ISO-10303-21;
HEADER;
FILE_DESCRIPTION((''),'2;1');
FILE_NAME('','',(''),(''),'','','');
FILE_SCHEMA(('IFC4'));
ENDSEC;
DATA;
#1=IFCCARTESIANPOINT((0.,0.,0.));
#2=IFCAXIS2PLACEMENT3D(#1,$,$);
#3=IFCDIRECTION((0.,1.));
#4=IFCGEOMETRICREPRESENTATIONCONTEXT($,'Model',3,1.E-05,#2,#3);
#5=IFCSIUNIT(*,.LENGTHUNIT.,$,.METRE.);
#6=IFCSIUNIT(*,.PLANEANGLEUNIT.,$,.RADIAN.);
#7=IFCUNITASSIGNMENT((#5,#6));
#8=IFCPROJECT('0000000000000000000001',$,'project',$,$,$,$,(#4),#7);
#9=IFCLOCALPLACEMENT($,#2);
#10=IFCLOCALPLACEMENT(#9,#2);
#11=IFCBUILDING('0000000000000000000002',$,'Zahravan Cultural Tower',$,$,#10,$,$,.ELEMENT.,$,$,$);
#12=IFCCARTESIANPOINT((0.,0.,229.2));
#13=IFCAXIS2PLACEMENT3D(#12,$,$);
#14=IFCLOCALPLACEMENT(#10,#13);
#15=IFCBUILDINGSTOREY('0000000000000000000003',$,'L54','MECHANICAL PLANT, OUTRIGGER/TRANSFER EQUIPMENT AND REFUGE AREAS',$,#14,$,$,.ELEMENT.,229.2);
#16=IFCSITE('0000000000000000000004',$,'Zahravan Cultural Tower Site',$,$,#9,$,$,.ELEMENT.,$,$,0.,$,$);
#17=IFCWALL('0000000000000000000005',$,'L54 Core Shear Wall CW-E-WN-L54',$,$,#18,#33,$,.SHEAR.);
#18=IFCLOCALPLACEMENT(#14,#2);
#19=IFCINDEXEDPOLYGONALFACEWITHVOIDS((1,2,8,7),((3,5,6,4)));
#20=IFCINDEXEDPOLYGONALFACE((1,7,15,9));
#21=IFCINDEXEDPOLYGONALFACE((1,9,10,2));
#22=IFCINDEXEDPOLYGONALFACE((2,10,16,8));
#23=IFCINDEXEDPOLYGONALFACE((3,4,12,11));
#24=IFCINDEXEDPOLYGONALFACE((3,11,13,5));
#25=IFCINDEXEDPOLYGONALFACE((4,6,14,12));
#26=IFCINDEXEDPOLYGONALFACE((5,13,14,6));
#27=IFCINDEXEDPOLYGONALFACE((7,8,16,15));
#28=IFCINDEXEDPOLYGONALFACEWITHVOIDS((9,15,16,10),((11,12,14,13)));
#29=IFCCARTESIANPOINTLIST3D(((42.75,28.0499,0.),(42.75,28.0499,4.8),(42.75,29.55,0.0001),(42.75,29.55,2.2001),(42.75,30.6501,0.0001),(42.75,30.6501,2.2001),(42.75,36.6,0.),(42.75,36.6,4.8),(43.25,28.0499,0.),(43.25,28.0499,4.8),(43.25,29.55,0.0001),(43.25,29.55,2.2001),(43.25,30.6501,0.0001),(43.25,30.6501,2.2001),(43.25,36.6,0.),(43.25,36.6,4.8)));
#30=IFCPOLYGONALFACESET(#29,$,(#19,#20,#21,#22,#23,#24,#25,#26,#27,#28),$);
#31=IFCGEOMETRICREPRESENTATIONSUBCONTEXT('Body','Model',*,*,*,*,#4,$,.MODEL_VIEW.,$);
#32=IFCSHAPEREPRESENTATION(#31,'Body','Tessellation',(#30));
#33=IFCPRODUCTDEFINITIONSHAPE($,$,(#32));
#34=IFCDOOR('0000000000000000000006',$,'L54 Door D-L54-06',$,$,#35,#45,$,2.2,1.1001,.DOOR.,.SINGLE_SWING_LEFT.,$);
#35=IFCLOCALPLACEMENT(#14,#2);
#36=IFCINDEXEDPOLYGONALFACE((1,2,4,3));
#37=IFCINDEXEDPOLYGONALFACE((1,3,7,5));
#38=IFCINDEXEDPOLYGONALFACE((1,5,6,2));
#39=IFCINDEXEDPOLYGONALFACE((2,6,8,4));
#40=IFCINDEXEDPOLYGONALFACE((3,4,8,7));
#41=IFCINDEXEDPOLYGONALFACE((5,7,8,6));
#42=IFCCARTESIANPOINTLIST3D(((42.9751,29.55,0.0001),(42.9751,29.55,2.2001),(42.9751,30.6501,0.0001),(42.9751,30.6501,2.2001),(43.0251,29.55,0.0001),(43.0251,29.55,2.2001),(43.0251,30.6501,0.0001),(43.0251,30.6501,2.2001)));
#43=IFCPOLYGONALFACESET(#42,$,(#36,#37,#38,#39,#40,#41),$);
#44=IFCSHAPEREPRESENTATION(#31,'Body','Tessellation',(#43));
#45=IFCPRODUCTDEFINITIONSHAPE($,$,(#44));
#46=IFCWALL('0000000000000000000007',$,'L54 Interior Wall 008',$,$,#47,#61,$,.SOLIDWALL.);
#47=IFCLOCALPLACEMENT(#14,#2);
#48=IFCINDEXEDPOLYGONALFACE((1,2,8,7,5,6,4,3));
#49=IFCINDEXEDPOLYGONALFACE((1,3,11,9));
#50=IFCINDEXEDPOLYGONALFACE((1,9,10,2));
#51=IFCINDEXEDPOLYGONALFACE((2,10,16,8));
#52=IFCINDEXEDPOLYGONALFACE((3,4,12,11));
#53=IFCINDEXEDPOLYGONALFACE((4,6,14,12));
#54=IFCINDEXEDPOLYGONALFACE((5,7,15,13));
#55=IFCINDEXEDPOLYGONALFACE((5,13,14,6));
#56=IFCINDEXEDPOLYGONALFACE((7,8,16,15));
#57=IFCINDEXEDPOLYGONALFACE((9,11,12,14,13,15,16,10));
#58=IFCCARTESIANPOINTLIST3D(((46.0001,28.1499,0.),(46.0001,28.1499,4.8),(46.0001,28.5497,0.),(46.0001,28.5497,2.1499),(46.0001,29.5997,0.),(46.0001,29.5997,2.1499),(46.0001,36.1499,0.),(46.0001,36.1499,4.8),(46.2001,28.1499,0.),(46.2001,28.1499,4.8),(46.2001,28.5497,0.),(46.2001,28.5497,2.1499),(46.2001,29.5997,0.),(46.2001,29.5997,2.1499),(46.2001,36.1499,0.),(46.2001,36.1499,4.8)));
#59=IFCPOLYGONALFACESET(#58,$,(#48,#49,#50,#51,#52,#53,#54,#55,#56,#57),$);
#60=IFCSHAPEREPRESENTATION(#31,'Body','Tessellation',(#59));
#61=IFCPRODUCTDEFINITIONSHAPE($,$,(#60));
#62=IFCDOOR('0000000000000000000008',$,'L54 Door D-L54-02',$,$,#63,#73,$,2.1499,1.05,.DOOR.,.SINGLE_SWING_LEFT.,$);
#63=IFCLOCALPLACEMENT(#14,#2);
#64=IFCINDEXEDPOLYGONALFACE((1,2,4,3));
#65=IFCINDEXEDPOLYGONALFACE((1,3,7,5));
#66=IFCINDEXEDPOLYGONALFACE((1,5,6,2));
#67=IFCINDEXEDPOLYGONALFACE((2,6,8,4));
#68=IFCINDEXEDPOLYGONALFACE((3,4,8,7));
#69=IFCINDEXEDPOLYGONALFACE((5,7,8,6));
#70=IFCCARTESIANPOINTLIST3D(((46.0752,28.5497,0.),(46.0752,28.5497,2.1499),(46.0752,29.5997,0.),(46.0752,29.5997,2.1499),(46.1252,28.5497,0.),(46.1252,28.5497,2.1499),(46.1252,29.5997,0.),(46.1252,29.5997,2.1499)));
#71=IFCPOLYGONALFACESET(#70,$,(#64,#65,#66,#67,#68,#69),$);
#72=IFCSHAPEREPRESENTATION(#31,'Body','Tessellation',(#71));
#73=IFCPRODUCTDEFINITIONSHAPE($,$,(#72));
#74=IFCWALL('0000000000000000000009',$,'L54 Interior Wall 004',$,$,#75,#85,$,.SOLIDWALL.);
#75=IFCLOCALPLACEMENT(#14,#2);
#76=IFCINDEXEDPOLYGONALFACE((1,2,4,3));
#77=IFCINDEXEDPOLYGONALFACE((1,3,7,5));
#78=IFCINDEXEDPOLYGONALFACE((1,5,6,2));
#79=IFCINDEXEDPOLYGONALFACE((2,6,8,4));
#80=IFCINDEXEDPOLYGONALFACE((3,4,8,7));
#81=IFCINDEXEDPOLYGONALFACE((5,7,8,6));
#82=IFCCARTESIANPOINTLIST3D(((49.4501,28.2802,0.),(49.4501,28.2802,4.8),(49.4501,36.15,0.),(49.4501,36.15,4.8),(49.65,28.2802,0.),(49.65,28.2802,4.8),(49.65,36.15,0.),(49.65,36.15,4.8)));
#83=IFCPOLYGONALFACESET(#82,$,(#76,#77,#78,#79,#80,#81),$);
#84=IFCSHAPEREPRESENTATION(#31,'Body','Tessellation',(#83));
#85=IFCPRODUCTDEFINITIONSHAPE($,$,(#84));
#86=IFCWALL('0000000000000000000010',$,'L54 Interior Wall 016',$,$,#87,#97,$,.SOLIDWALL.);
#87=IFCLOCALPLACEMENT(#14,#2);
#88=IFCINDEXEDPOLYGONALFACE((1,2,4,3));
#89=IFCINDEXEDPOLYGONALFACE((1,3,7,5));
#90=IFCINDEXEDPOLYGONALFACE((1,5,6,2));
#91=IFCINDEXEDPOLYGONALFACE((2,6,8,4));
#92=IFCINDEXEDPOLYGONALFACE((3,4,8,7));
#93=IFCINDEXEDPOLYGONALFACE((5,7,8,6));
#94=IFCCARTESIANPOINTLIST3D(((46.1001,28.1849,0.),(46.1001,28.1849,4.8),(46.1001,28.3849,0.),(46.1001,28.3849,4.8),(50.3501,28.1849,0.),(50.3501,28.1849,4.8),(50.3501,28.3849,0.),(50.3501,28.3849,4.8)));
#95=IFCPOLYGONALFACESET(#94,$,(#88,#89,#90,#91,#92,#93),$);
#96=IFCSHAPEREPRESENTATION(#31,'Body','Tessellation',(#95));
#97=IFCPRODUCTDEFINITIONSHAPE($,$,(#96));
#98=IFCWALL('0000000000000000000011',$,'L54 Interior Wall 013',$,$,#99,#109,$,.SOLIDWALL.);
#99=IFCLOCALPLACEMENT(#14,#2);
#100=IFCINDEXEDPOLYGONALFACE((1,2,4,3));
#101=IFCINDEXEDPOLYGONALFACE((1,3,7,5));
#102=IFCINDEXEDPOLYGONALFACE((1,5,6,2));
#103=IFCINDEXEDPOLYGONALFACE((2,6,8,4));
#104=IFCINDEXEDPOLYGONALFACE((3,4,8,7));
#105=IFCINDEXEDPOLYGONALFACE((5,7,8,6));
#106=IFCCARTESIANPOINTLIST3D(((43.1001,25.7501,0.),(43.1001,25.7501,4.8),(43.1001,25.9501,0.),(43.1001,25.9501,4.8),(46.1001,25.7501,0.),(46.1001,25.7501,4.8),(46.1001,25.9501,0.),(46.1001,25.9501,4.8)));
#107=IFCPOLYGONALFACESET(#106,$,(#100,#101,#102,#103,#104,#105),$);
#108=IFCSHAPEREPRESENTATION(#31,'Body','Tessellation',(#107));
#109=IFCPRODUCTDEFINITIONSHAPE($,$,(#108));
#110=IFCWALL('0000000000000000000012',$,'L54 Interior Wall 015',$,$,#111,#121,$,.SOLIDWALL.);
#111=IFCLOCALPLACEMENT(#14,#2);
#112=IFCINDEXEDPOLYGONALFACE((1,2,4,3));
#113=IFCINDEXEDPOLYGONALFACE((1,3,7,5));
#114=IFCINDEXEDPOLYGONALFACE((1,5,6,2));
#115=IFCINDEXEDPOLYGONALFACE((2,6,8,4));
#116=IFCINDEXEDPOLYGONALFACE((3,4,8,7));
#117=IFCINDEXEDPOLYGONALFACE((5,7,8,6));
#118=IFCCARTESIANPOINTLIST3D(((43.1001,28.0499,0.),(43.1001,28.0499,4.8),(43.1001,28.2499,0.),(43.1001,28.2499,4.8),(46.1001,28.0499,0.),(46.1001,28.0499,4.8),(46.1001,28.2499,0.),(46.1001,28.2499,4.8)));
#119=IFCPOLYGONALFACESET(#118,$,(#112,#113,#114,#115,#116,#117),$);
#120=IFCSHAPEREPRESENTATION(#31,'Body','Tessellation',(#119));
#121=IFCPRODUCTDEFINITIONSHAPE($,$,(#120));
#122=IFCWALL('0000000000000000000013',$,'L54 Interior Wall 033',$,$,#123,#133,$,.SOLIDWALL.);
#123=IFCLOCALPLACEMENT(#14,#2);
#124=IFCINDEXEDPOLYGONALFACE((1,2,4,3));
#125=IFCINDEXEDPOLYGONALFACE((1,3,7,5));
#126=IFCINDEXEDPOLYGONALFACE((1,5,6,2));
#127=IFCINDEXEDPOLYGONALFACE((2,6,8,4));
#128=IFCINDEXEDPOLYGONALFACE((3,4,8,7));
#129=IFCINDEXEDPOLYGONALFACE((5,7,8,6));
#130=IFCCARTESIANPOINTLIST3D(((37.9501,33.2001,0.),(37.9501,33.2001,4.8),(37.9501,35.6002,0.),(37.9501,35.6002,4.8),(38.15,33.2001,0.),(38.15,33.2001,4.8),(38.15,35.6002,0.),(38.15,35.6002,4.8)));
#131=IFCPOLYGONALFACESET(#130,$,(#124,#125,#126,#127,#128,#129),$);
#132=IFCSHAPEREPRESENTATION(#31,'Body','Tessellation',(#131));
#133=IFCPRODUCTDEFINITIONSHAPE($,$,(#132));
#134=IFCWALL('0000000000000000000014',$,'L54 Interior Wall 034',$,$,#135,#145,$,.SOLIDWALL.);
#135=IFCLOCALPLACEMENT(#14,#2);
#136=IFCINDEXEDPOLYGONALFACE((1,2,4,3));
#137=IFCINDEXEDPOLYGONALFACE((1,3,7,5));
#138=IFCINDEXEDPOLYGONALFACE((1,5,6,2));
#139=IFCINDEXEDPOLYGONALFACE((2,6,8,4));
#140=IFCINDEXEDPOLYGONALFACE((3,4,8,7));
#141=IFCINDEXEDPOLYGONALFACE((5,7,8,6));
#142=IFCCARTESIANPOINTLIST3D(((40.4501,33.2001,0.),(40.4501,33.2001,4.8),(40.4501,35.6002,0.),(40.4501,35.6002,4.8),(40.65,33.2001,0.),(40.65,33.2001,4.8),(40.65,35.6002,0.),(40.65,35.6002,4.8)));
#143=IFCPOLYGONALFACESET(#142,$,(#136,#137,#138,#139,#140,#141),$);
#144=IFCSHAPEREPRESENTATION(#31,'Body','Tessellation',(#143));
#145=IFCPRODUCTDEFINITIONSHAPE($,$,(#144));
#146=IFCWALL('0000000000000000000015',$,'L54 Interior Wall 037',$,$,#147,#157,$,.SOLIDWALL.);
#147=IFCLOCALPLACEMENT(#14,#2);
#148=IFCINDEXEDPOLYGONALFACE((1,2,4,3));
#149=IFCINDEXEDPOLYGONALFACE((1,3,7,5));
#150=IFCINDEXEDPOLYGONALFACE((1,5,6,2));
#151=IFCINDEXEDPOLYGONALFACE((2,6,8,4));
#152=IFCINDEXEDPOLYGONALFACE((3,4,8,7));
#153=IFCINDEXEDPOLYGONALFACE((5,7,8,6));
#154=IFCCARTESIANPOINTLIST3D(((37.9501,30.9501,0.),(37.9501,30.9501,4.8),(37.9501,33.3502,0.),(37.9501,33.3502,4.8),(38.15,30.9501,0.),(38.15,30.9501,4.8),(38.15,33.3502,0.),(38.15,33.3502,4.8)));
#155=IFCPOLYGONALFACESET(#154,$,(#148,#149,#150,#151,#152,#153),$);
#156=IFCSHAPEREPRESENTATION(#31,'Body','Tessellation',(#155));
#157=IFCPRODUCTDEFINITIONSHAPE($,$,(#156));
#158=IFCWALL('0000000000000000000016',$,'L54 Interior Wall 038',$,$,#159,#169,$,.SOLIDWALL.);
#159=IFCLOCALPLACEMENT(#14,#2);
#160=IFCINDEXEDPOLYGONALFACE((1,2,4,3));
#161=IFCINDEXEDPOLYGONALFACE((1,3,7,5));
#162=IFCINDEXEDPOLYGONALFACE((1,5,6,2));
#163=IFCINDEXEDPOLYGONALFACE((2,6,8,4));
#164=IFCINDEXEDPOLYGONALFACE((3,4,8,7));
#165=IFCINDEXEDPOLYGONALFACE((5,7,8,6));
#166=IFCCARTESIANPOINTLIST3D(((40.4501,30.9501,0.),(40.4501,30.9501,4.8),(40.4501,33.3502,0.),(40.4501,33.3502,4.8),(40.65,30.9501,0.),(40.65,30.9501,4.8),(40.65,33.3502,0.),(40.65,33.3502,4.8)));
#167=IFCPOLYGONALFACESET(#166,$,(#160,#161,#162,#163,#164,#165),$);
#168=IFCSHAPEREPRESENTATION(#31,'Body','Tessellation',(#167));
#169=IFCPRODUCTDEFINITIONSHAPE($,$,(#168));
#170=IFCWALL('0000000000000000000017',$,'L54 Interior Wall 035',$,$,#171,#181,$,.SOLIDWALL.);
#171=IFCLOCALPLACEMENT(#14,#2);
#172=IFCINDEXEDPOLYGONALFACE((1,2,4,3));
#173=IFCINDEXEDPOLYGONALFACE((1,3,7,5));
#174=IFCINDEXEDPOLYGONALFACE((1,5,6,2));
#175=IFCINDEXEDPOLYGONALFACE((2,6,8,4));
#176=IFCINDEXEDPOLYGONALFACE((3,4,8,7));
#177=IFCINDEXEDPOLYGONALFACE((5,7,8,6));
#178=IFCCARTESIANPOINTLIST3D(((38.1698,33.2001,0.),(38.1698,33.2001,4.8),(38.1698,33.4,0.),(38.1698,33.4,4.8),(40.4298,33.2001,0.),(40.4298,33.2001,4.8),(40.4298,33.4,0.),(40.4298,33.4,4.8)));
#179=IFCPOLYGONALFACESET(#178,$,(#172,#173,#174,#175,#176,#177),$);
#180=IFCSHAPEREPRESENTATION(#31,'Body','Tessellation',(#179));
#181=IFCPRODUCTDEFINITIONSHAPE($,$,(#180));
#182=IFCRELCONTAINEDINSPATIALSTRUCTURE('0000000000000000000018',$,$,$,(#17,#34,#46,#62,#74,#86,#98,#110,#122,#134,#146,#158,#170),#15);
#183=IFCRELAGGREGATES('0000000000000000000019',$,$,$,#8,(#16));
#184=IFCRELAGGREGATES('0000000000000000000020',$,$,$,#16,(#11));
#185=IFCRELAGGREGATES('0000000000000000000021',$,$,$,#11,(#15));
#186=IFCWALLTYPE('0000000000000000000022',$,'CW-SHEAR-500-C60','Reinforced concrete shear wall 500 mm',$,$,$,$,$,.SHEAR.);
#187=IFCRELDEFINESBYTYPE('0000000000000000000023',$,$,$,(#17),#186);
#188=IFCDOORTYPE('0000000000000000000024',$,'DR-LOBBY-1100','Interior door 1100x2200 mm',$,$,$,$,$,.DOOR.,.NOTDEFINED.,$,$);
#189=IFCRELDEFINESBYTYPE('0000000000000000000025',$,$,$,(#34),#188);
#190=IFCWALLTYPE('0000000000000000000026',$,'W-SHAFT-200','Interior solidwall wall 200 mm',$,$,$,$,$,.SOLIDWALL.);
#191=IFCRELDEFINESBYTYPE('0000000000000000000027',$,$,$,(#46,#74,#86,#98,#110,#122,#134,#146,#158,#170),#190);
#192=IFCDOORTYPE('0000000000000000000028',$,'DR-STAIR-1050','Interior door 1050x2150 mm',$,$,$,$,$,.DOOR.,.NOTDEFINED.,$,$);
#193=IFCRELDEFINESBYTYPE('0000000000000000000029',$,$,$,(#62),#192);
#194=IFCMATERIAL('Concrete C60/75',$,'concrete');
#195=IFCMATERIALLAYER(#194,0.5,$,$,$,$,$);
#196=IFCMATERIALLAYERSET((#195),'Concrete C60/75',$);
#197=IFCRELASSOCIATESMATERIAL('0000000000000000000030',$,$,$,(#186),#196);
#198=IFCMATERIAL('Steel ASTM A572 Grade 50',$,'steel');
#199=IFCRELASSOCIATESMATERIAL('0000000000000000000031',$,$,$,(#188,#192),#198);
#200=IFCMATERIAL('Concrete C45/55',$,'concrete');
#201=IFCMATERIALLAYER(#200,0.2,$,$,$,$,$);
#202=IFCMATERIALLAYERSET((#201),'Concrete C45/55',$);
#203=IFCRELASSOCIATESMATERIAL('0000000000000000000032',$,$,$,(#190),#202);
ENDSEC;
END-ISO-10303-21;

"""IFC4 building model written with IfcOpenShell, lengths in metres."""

from ifc_helpers import new_model, si_unit, direction, frame, frame_2d, origin, place, context, subcontext, project, spatial, rectangle, extrude, source, transform, mapped, material, layer, layer_set, type_object, element, fill, save


model = new_model("IFC4")

# Units and contexts
model_context = context("Model", 3, precision=1e-05, world=origin(), true_north=direction((0.0, 1.0)))
body_context = subcontext(model_context, "Body", "Model", "MODEL_VIEW")
ifc_project = project(units=[si_unit("LENGTHUNIT", "METRE"), si_unit("PLANEANGLEUNIT", "RADIAN")], contexts=[model_context])

# Site, building, storey
site_placement = place(None, origin())
site = spatial("IfcSite", under=ifc_project, at=site_placement, Name="Zahravan Cultural Tower Site", CompositionType="ELEMENT", RefElevation=0.0)
building_placement = place(site_placement, origin())
building = spatial("IfcBuilding", under=site, at=building_placement, Name="Zahravan Cultural Tower", CompositionType="ELEMENT")
storey_placement = place(building_placement, frame((0.0, 0.0, 229.2)))
storey = spatial("IfcBuildingStorey", under=building, at=storey_placement, Name="L54", Description="MECHANICAL PLANT, OUTRIGGER/TRANSFER EQUIPMENT AND REFUGE AREAS", CompositionType="ELEMENT", Elevation=229.2)

# Walls, openings, doors
ifc_material_1 = material(Name="Concrete C60/75", Category="concrete")
ifc_layer_1 = layer(ifc_material_1, 0.5)
ifc_layer_set_1 = layer_set([ifc_layer_1], Name="Concrete C60/75")
wall_type_1 = type_object("IfcWallType", Name="CW-SHEAR-500-C60", Description="Reinforced concrete shear wall 500 mm", PredefinedType="SHEAR", material=ifc_layer_set_1)
wall_1_placement = place(storey_placement, frame((43.0, 28.05, 0.0), z_axis=(0.0, 0.0, 1.0), x_axis=(0.0, 1.0, 0.0)))
wall_1 = element("IfcWall", 1, at=wall_1_placement, inside=storey, type_object=wall_type_1, Name="L54 Core Shear Wall CW-E-WN-L54", PredefinedType="SHEAR", context=body_context, shape_type="SweptSolid", body=[
    extrude(rectangle(XDim=8.55, YDim=0.5, at=frame_2d((4.2749, 0.0))), origin(), (0.0, 0.0, 1.0), 4.8),
])
opening_1_placement = place(wall_1_placement, frame((1.5, 0.0, 0.0)))
opening_1 = element("IfcOpeningElement", 2, at=opening_1_placement, cuts=wall_1, PredefinedType="OPENING", context=body_context, shape_type="SweptSolid", body=[
    extrude(rectangle(XDim=1.1001, YDim=2.2, at=frame_2d((0.55, 1.1001))), frame((0.0, 0.26, 0.0), z_axis=(0.0, -1.0, 0.0), x_axis=(1.0, 0.0, 0.0)), (0.0, 0.0, 1.0), 0.52),
])
ifc_material_2 = material(Name="Steel ASTM A572 Grade 50", Category="steel")
door_type_1 = type_object("IfcDoorType", Name="DR-LOBBY-1100", Description="Interior door 1100x2200 mm", OperationType="NOTDEFINED", PredefinedType="DOOR", material=ifc_material_2)
shared_shape_1 = source(origin(), body_context, "Body", "SweptSolid", [
    extrude(rectangle(XDim=1.1001, YDim=2.2, at=frame_2d((0.55, 1.1001))), frame((0.0, 0.0249, 0.0), z_axis=(0.0, -1.0, 0.0), x_axis=(1.0, 0.0, 0.0)), (0.0, 0.0, 1.0), 0.05),
])
door_1_placement = place(opening_1_placement, origin())
door_1 = element("IfcDoor", 3, at=door_1_placement, inside=storey, type_object=door_type_1, Name="L54 Door D-L54-06", OperationType="SINGLE_SWING_LEFT", OverallHeight=2.2, OverallWidth=1.1001, PredefinedType="DOOR", context=body_context, shape_type="MappedRepresentation", body=[
    mapped(shared_shape_1, transform((0.0, 0.0, 0.0), x_axis=(1.0, 0.0, 0.0), y_axis=(0.0, 1.0, 0.0), z_axis=(0.0, 0.0, 1.0), scale=1.0)),
])
fill(opening_1, door_1)
ifc_material_3 = material(Name="Concrete C45/55", Category="concrete")
ifc_layer_2 = layer(ifc_material_3, 0.2)
ifc_layer_set_2 = layer_set([ifc_layer_2], Name="Concrete C45/55")
wall_type_2 = type_object("IfcWallType", Name="W-SHAFT-200", Description="Interior solidwall wall 200 mm", PredefinedType="SOLIDWALL", material=ifc_layer_set_2)
wall_2_placement = place(storey_placement, frame((46.1001, 28.1499, 0.0), z_axis=(0.0, 0.0, 1.0), x_axis=(0.0, 1.0, 0.0)))
wall_2 = element("IfcWall", 4, at=wall_2_placement, inside=storey, type_object=wall_type_2, Name="L54 Interior Wall 008", PredefinedType="SOLIDWALL", context=body_context, shape_type="SweptSolid", body=[
    extrude(rectangle(XDim=8.0, YDim=0.2, at=frame_2d((4.0, 0.0))), origin(), (0.0, 0.0, 1.0), 4.8),
])
opening_2_placement = place(wall_2_placement, frame((0.3999, 0.0, 0.0)))
opening_2 = element("IfcOpeningElement", 5, at=opening_2_placement, cuts=wall_2, PredefinedType="OPENING", context=body_context, shape_type="SweptSolid", body=[
    extrude(rectangle(XDim=1.05, YDim=2.1499, at=frame_2d((0.5249, 1.075))), frame((0.0, 0.1099, 0.0), z_axis=(0.0, -1.0, 0.0), x_axis=(1.0, 0.0, 0.0)), (0.0, 0.0, 1.0), 0.22),
])
door_type_2 = type_object("IfcDoorType", Name="DR-STAIR-1050", Description="Interior door 1050x2150 mm", OperationType="NOTDEFINED", PredefinedType="DOOR", material=ifc_material_2)
shared_shape_2 = source(origin(), body_context, "Body", "SweptSolid", [
    extrude(rectangle(XDim=1.05, YDim=2.1499, at=frame_2d((0.5249, 1.075))), frame((0.0, 0.0249, 0.0), z_axis=(0.0, -1.0, 0.0), x_axis=(1.0, 0.0, 0.0)), (0.0, 0.0, 1.0), 0.05),
])
door_2_placement = place(opening_2_placement, origin())
door_2 = element("IfcDoor", 6, at=door_2_placement, inside=storey, type_object=door_type_2, Name="L54 Door D-L54-02", OperationType="SINGLE_SWING_LEFT", OverallHeight=2.1499, OverallWidth=1.05, PredefinedType="DOOR", context=body_context, shape_type="MappedRepresentation", body=[
    mapped(shared_shape_2, transform((0.0, 0.0, 0.0), x_axis=(1.0, 0.0, 0.0), y_axis=(0.0, 1.0, 0.0), z_axis=(0.0, 0.0, 1.0), scale=1.0)),
])
fill(opening_2, door_2)

# Walls
shared_shape_3 = source(origin(), body_context, "Body", "SweptSolid", [
    extrude(rectangle(XDim=7.8699, YDim=0.2, at=frame_2d((3.9351, 0.0))), origin(), (0.0, 0.0, 1.0), 4.8),
])
wall_3_placement = place(storey_placement, frame((49.55, 28.28, 0.0), z_axis=(0.0, 0.0, 1.0), x_axis=(0.0, 1.0, 0.0)))
element("IfcWall", 7, at=wall_3_placement, inside=storey, type_object=wall_type_2, Name="L54 Interior Wall 004", PredefinedType="SOLIDWALL", context=body_context, shape_type="MappedRepresentation", body=[
    mapped(shared_shape_3, transform((0.0, 0.0, 0.0), x_axis=(1.0, 0.0, 0.0), y_axis=(0.0, 1.0, 0.0), z_axis=(0.0, 0.0, 1.0), scale=1.0)),
])
shared_shape_4 = source(origin(), body_context, "Body", "SweptSolid", [
    extrude(rectangle(XDim=4.25, YDim=0.2, at=frame_2d((2.125, 0.0))), origin(), (0.0, 0.0, 1.0), 4.8),
])
wall_4_placement = place(storey_placement, frame((46.1001, 28.2849, 0.0), z_axis=(0.0, 0.0, 1.0), x_axis=(1.0, 0.0, 0.0)))
element("IfcWall", 8, at=wall_4_placement, inside=storey, type_object=wall_type_2, Name="L54 Interior Wall 016", PredefinedType="SOLIDWALL", context=body_context, shape_type="MappedRepresentation", body=[
    mapped(shared_shape_4, transform((0.0, 0.0, 0.0), x_axis=(1.0, 0.0, 0.0), y_axis=(0.0, 1.0, 0.0), z_axis=(0.0, 0.0, 1.0), scale=1.0)),
])
shared_shape_5 = source(origin(), body_context, "Body", "SweptSolid", [
    extrude(rectangle(XDim=3.0, YDim=0.2, at=frame_2d((1.5, 0.0))), origin(), (0.0, 0.0, 1.0), 4.8),
])
for number, where, z_axis, x_axis, name in (
    (9, (43.1001, 25.8501, 0.0), (0.0, 0.0, 1.0), (1.0, 0.0, 0.0), "L54 Interior Wall 013"),
    (10, (43.1001, 28.1499, 0.0), (0.0, 0.0, 1.0), (1.0, 0.0, 0.0), "L54 Interior Wall 015"),
):
    element("IfcWall", number, at=place(storey_placement, frame(where, z_axis=z_axis, x_axis=x_axis)), inside=storey, type_object=wall_type_2, Name=name, PredefinedType="SOLIDWALL", context=body_context, shape_type="MappedRepresentation", body=[
        mapped(shared_shape_5, transform((0.0, 0.0, 0.0), x_axis=(1.0, 0.0, 0.0), y_axis=(0.0, 1.0, 0.0), z_axis=(0.0, 0.0, 1.0), scale=1.0)),
    ])
shared_shape_6 = source(origin(), body_context, "Body", "SweptSolid", [
    extrude(rectangle(XDim=2.4001, YDim=0.2, at=frame_2d((1.2002, 0.0))), origin(), (0.0, 0.0, 1.0), 4.8),
])
for number, where, z_axis, x_axis, name in (
    (11, (38.05, 33.2, 0.0), (0.0, 0.0, 1.0), (0.0, 1.0, 0.0), "L54 Interior Wall 033"),
    (12, (40.55, 33.2, 0.0), (0.0, 0.0, 1.0), (0.0, 1.0, 0.0), "L54 Interior Wall 034"),
    (13, (38.05, 30.95, 0.0), (0.0, 0.0, 1.0), (0.0, 1.0, 0.0), "L54 Interior Wall 037"),
    (14, (40.55, 30.95, 0.0), (0.0, 0.0, 1.0), (0.0, 1.0, 0.0), "L54 Interior Wall 038"),
):
    element("IfcWall", number, at=place(storey_placement, frame(where, z_axis=z_axis, x_axis=x_axis)), inside=storey, type_object=wall_type_2, Name=name, PredefinedType="SOLIDWALL", context=body_context, shape_type="MappedRepresentation", body=[
        mapped(shared_shape_6, transform((0.0, 0.0, 0.0), x_axis=(1.0, 0.0, 0.0), y_axis=(0.0, 1.0, 0.0), z_axis=(0.0, 0.0, 1.0), scale=1.0)),
    ])
shared_shape_7 = source(origin(), body_context, "Body", "SweptSolid", [
    extrude(rectangle(XDim=2.26, YDim=0.2, at=frame_2d((1.1299, 0.0))), origin(), (0.0, 0.0, 1.0), 4.8),
])
for number, where, z_axis, x_axis, name in (
    (15, (38.1699, 33.3, 0.0), (0.0, 0.0, 1.0), (1.0, 0.0, 0.0), "L54 Interior Wall 035"),
):
    element("IfcWall", number, at=place(storey_placement, frame(where, z_axis=z_axis, x_axis=x_axis)), inside=storey, type_object=wall_type_2, Name=name, PredefinedType="SOLIDWALL", context=body_context, shape_type="MappedRepresentation", body=[
        mapped(shared_shape_7, transform((0.0, 0.0, 0.0), x_axis=(1.0, 0.0, 0.0), y_axis=(0.0, 1.0, 0.0), z_axis=(0.0, 0.0, 1.0), scale=1.0)),
    ])

save(model, "model.ifc")
